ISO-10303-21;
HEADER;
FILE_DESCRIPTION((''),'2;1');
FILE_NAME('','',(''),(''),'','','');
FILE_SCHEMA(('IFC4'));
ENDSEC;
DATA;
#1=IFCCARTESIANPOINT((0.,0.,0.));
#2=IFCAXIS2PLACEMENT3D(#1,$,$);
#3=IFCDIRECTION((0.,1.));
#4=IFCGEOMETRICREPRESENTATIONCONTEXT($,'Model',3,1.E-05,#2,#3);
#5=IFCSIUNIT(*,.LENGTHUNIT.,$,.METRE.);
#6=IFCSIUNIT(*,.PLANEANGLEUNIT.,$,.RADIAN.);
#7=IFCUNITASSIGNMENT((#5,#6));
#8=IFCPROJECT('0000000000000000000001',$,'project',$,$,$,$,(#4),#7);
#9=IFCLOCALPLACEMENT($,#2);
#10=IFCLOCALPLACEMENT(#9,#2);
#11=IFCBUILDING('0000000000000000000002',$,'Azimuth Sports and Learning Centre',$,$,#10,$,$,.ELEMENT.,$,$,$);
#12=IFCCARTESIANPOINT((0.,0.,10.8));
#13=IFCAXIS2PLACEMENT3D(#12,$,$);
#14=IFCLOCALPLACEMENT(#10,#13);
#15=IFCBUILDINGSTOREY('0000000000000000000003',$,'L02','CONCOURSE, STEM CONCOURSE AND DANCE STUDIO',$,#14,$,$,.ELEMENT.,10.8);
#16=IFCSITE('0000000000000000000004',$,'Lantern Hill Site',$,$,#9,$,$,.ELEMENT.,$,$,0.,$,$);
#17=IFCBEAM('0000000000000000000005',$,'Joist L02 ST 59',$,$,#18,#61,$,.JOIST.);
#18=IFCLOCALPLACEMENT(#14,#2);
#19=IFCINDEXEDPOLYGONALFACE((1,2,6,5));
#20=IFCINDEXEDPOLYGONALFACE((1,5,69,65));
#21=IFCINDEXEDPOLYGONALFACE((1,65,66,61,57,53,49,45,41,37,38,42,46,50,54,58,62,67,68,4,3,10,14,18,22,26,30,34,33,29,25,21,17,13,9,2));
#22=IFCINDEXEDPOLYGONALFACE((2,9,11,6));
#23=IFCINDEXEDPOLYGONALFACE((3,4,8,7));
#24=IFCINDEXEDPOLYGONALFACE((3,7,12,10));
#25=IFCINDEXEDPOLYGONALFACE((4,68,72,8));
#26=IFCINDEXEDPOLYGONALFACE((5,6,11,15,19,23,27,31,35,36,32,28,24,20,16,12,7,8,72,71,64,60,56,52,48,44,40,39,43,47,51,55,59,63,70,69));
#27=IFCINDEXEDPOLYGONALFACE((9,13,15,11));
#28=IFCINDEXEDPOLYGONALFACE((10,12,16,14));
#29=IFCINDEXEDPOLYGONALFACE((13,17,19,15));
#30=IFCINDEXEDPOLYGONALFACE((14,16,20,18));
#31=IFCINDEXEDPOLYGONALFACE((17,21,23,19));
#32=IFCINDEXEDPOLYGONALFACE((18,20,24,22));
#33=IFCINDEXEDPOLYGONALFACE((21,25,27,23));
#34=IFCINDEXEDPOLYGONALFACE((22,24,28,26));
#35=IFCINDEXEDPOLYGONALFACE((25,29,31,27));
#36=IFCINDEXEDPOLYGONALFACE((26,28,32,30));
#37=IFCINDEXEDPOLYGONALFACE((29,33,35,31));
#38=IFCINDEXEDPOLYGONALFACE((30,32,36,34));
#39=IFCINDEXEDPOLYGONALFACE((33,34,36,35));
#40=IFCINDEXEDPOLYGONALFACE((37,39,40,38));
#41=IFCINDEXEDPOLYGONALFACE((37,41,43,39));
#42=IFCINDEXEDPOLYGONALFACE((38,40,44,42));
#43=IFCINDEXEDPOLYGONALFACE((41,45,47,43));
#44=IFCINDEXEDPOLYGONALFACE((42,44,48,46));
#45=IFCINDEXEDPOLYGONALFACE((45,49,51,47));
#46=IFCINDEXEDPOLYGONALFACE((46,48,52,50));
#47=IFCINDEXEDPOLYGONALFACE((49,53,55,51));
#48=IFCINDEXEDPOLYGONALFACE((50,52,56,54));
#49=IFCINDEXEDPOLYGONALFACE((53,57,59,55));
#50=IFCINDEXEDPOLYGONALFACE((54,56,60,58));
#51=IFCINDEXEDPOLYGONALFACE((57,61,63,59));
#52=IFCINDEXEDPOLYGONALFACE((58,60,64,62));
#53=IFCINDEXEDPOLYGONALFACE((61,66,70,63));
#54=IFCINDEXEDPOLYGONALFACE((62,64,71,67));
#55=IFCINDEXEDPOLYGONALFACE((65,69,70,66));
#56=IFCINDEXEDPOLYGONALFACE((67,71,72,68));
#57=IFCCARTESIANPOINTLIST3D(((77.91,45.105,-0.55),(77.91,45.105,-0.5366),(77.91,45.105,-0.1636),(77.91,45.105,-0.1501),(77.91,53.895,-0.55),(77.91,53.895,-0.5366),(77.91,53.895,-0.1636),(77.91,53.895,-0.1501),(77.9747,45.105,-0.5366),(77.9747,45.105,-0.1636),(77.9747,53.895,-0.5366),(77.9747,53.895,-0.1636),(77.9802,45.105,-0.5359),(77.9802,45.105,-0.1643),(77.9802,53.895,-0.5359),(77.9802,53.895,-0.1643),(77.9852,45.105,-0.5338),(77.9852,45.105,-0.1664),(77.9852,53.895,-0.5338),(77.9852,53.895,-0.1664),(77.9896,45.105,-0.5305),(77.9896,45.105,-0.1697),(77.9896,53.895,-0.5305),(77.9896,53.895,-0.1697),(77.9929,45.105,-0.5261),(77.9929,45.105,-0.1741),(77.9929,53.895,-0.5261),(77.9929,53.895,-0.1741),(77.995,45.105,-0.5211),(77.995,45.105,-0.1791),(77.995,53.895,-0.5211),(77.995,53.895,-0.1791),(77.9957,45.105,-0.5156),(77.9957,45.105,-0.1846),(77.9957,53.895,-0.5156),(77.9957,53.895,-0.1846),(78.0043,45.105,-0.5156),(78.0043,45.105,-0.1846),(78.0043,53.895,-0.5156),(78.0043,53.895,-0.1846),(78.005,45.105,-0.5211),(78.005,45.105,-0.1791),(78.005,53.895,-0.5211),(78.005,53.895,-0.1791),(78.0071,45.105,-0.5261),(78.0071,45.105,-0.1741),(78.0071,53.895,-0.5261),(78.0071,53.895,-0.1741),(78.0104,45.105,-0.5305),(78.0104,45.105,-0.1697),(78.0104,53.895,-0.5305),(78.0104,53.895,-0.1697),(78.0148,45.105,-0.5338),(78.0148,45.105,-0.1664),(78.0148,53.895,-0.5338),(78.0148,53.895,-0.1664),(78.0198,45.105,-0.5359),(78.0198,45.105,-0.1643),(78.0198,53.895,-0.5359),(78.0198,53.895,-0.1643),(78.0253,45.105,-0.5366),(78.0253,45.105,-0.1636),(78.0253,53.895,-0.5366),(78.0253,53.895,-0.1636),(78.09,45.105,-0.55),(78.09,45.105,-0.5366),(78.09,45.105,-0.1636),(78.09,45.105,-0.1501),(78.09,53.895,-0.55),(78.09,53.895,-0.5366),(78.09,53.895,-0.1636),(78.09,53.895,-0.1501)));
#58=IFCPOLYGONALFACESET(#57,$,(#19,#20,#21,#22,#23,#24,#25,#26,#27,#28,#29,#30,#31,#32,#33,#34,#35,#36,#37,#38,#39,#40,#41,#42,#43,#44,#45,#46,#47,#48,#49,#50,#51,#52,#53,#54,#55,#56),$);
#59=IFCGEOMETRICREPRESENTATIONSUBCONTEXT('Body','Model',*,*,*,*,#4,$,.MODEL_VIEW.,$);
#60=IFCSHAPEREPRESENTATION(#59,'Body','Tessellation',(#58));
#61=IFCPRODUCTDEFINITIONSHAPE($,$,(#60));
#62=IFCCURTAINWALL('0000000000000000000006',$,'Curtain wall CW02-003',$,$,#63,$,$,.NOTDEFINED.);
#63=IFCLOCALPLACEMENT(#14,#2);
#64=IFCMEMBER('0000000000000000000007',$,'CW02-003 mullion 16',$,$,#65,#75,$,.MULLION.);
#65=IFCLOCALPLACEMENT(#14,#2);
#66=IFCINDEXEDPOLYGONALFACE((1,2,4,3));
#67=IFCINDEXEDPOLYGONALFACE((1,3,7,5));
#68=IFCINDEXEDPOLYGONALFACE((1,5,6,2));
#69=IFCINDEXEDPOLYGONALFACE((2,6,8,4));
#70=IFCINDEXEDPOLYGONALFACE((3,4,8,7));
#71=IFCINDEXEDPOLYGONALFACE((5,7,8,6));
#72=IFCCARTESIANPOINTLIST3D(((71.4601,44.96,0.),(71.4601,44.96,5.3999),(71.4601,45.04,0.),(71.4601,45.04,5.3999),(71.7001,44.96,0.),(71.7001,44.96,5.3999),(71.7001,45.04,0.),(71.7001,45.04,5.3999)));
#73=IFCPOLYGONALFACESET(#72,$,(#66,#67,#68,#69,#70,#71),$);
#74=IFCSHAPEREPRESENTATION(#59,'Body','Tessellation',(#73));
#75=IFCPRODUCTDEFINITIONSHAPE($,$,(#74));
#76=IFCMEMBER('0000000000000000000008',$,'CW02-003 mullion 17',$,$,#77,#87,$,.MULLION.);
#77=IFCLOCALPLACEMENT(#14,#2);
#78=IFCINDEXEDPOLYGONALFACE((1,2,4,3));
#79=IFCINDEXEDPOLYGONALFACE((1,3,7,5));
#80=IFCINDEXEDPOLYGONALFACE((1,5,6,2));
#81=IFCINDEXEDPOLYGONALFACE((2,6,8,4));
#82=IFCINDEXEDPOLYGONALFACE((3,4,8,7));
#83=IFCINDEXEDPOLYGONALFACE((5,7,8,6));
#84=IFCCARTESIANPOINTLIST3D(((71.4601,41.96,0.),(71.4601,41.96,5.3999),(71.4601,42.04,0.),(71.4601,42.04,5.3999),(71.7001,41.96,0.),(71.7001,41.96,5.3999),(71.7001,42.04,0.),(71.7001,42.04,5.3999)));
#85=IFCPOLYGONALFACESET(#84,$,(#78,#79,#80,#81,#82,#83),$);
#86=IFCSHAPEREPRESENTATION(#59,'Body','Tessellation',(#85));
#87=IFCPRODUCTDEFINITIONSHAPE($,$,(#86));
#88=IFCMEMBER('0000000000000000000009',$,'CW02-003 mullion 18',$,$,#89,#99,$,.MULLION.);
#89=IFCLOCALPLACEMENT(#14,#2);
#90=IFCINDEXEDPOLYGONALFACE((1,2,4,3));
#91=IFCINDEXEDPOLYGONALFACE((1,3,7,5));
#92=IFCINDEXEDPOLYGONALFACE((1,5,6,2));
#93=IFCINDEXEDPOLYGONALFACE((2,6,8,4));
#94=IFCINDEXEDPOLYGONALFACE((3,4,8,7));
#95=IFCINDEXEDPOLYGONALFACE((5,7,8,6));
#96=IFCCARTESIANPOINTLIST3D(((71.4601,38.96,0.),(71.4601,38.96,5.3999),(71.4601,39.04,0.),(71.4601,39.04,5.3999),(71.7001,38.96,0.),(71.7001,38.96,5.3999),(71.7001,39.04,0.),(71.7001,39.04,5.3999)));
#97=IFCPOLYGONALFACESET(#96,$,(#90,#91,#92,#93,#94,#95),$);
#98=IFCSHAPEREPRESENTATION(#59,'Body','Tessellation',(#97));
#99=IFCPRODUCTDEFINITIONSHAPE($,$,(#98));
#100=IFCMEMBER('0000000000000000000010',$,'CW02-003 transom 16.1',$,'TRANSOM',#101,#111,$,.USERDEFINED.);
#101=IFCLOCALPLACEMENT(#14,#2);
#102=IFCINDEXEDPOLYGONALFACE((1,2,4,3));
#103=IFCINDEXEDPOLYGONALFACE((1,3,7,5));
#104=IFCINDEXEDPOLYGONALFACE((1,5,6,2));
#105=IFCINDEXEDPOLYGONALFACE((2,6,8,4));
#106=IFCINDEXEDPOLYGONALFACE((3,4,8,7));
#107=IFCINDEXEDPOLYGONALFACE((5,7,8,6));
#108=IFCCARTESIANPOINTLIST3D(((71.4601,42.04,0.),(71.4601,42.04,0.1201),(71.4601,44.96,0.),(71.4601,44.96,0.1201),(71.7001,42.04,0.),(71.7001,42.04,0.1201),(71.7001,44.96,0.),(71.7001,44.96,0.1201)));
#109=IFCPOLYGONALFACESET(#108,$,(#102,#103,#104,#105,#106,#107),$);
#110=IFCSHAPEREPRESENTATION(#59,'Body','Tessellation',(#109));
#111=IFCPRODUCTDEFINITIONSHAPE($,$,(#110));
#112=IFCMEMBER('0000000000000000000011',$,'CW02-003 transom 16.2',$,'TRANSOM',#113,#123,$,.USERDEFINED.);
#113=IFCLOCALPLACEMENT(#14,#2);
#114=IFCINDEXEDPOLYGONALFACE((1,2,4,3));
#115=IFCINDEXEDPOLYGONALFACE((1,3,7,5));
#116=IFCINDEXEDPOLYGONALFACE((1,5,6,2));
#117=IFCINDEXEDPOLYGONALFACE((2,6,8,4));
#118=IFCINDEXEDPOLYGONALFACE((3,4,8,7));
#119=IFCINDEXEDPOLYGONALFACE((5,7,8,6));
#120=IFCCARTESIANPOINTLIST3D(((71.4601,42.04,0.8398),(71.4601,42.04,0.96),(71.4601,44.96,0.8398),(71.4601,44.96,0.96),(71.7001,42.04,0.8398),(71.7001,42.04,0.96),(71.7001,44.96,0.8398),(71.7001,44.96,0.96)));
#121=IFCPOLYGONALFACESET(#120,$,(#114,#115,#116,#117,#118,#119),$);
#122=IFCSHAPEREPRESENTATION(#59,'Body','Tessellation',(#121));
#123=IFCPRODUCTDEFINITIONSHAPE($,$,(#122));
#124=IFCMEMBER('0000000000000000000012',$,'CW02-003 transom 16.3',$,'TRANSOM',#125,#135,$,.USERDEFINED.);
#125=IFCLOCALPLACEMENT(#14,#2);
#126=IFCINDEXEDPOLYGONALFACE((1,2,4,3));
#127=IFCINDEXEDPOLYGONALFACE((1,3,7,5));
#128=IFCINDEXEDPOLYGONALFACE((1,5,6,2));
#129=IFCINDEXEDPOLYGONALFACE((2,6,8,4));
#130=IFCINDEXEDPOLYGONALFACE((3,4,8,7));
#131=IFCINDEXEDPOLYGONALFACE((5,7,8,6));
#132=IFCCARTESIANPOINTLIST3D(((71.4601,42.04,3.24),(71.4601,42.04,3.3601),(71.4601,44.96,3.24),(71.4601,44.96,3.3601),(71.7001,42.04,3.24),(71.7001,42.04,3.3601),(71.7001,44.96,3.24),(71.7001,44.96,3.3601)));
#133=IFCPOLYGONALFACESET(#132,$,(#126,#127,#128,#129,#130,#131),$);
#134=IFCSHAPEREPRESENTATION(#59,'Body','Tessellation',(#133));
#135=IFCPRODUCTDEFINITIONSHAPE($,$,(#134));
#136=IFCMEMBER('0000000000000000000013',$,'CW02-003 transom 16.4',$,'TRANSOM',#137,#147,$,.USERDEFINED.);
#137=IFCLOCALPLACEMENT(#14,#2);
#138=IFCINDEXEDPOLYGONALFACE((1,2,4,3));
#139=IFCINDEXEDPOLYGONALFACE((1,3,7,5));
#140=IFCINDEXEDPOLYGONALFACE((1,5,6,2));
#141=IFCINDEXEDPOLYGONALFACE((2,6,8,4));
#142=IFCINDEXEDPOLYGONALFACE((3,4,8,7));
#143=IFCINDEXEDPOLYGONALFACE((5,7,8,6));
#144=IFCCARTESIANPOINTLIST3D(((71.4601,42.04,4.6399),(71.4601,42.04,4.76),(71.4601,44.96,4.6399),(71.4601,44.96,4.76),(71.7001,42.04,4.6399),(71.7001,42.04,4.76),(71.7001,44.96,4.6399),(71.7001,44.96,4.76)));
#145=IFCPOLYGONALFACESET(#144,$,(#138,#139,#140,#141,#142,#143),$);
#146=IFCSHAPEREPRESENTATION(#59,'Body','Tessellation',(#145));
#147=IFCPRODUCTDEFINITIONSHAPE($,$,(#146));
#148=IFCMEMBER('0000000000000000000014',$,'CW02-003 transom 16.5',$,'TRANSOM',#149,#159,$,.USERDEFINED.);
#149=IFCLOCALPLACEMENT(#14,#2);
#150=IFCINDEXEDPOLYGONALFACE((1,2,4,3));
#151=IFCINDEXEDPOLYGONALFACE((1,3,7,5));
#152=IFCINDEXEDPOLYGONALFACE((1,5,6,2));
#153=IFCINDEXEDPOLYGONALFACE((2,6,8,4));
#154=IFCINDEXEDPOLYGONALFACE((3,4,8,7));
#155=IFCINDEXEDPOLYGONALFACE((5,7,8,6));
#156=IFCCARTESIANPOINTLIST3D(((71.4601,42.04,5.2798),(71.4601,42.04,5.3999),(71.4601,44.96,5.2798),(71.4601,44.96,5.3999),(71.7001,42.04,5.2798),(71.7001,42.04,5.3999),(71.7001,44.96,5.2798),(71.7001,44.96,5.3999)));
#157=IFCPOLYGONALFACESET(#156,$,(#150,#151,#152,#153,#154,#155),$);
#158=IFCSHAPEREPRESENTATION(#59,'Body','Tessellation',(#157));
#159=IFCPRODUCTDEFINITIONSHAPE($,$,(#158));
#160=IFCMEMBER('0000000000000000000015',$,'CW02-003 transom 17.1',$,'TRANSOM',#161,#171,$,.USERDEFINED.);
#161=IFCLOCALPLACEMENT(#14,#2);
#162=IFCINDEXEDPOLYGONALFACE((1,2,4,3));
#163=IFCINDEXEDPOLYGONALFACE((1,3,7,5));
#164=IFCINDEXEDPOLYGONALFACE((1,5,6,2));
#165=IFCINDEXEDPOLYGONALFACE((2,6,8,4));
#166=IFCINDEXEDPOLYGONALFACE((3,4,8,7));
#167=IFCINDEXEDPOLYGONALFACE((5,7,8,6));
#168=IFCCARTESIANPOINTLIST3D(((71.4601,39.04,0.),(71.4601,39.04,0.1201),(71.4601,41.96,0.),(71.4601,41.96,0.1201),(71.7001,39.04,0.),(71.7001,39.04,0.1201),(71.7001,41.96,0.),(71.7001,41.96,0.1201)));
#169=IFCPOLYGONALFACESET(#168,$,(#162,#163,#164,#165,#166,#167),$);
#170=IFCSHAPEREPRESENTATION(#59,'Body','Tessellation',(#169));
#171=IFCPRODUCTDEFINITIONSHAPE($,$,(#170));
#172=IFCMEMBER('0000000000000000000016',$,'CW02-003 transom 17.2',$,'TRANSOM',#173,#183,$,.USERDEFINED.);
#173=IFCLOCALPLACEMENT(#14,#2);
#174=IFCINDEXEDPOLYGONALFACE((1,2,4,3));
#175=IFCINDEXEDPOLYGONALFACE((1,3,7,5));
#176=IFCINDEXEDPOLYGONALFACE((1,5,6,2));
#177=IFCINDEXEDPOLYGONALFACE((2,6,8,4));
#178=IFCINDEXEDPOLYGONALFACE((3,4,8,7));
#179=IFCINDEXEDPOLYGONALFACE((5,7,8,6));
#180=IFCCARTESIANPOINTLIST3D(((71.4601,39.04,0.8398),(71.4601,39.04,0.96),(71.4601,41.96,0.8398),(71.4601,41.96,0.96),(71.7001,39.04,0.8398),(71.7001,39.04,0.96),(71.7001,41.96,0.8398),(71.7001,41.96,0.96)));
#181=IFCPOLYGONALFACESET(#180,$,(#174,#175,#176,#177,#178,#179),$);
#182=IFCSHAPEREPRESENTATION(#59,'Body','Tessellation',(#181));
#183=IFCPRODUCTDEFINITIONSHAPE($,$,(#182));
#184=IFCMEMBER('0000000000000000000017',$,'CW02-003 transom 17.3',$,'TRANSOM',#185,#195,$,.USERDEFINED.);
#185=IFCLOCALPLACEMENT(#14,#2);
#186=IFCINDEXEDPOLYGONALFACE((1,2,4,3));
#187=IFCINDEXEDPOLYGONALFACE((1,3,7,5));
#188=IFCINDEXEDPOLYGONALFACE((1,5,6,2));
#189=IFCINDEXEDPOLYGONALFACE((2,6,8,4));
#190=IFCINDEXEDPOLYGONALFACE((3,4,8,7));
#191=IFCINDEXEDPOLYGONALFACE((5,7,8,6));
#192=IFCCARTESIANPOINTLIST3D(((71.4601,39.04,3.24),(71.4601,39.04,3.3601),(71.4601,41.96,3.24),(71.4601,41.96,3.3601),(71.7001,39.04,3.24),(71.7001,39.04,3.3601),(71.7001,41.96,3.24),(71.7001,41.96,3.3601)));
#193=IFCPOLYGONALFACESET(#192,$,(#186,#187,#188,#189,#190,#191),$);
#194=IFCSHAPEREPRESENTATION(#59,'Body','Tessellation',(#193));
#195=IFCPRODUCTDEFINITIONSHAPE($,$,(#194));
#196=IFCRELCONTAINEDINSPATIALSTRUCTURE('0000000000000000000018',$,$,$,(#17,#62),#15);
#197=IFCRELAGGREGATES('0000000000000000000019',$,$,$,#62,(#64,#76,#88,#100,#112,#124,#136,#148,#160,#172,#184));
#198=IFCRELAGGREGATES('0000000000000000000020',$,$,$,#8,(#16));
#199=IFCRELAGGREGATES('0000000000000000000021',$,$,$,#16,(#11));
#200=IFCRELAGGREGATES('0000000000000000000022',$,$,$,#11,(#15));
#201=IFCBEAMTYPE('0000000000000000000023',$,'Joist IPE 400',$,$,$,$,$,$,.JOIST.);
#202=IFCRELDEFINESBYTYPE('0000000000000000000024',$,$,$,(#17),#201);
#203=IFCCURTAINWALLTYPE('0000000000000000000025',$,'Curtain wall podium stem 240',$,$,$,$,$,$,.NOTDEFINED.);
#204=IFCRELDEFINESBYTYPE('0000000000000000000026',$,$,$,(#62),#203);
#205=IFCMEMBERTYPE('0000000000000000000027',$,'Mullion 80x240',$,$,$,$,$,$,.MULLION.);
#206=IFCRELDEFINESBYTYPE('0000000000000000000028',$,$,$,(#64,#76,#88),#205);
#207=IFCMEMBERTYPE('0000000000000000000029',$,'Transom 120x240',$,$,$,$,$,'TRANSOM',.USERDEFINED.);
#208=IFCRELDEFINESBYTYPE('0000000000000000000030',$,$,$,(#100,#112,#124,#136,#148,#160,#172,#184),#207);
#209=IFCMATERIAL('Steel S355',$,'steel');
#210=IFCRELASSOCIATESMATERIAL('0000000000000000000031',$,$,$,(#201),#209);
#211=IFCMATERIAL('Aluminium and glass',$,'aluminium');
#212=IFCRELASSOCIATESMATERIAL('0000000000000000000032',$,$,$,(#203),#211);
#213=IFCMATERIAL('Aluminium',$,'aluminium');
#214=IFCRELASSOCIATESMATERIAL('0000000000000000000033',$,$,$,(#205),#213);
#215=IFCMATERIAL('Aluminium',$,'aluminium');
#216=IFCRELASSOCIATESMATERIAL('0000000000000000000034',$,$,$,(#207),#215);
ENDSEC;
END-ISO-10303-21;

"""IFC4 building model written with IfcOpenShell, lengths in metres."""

from ifc_helpers import new_model, si_unit, direction, frame, origin, origin_2d, place, context, subcontext, project, spatial, rectangle, i_section, extrude, material, material_profile, profile_set, type_object, element, aggregate, save


model = new_model("IFC4")

# Units and contexts
model_context = context("Model", 3, precision=1e-05, world=origin(), true_north=direction((0.0, 1.0)))
body_context = subcontext(model_context, "Body", "Model", "MODEL_VIEW")
ifc_project = project(units=[si_unit("LENGTHUNIT", "METRE"), si_unit("PLANEANGLEUNIT", "RADIAN")], contexts=[model_context])

# Site, building, storey
site_placement = place(None, origin())
site = spatial("IfcSite", under=ifc_project, at=site_placement, Name="Lantern Hill Site", CompositionType="ELEMENT", RefElevation=0.0)
building_placement = place(site_placement, origin())
building = spatial("IfcBuilding", under=site, at=building_placement, Name="Azimuth Sports and Learning Centre", CompositionType="ELEMENT")
storey_placement = place(building_placement, frame((0.0, 0.0, 10.8)))
storey = spatial("IfcBuildingStorey", under=building, at=storey_placement, Name="L02", Description="CONCOURSE, STEM CONCOURSE AND DANCE STUDIO", CompositionType="ELEMENT", Elevation=10.8)

# Beam
ifc_material_1 = material(Name="Steel S355", Category="steel")
ifc_material_profile_1 = material_profile(ifc_material_1, i_section(OverallWidth=0.1799, OverallDepth=0.3999, WebThickness=0.0085, FlangeThickness=0.0134, FilletRadius=0.021, at=origin_2d()), Name="IPE 400")
ifc_profile_set_1 = profile_set([ifc_material_profile_1], Name="Steel S355")
beam_type_1 = type_object("IfcBeamType", Name="Joist IPE 400", PredefinedType="JOIST", material=ifc_profile_set_1)
for number, where, z_axis, x_axis, name in (
    (1, (78.0, 45.105, -0.3501), (0.0, 1.0, 0.0), (-1.0, 0.0, 0.0), "Joist L02 ST 59"),
):
    element("IfcBeam", number, at=place(storey_placement, frame(where, z_axis=z_axis, x_axis=x_axis)), inside=storey, type_object=beam_type_1, Name=name, PredefinedType="JOIST", context=body_context, shape_type="SweptSolid", body=[
        extrude(i_section(OverallWidth=0.1799, OverallDepth=0.3999, WebThickness=0.0085, FlangeThickness=0.0134, FilletRadius=0.021, at=origin_2d()), origin(), (0.0, 0.0, 1.0), 8.79),
    ])

# Curtain wall, members
ifc_material_2 = material(Name="Aluminium and glass", Category="aluminium")
curtain_wall_type = type_object("IfcCurtainWallType", Name="Curtain wall podium stem 240", PredefinedType="NOTDEFINED", material=ifc_material_2)
curtain_wall_placement = place(storey_placement, origin())
curtain_wall = element("IfcCurtainWall", 2, at=curtain_wall_placement, inside=storey, type_object=curtain_wall_type, Name="Curtain wall CW02-003", PredefinedType="NOTDEFINED")
ifc_material_3 = material(Name="Aluminium", Category="aluminium")
ifc_material_profile_2 = material_profile(ifc_material_3, rectangle(XDim=0.24, YDim=0.0801, at=origin_2d()), Name="Mullion 80x240")
ifc_profile_set_2 = profile_set([ifc_material_profile_2], Name="Aluminium")
member_type_1 = type_object("IfcMemberType", Name="Mullion 80x240", PredefinedType="MULLION", material=ifc_profile_set_2)
member_1_placement = place(storey_placement, frame((71.5801, 45.0, 0.0), z_axis=(0.0, 0.0, 1.0), x_axis=(1.0, 0.0, 0.0)))
member_1 = element("IfcMember", 3, at=member_1_placement, type_object=member_type_1, Name="CW02-003 mullion 16", PredefinedType="MULLION", context=body_context, shape_type="SweptSolid", body=[
    extrude(rectangle(XDim=0.24, YDim=0.0801, at=origin_2d()), origin(), (0.0, 0.0, 1.0), 5.3999),
])
member_2_placement = place(storey_placement, frame((71.5801, 42.0, 0.0), z_axis=(0.0, 0.0, 1.0), x_axis=(1.0, 0.0, 0.0)))
member_2 = element("IfcMember", 4, at=member_2_placement, type_object=member_type_1, Name="CW02-003 mullion 17", PredefinedType="MULLION", context=body_context, shape_type="SweptSolid", body=[
    extrude(rectangle(XDim=0.24, YDim=0.0801, at=origin_2d()), origin(), (0.0, 0.0, 1.0), 5.3999),
])
member_3_placement = place(storey_placement, frame((71.5801, 39.0, 0.0), z_axis=(0.0, 0.0, 1.0), x_axis=(1.0, 0.0, 0.0)))
member_3 = element("IfcMember", 5, at=member_3_placement, type_object=member_type_1, Name="CW02-003 mullion 18", PredefinedType="MULLION", context=body_context, shape_type="SweptSolid", body=[
    extrude(rectangle(XDim=0.24, YDim=0.0801, at=origin_2d()), origin(), (0.0, 0.0, 1.0), 5.3999),
])
ifc_material_4 = material(Name="Aluminium", Category="aluminium")
ifc_material_profile_3 = material_profile(ifc_material_4, rectangle(XDim=0.24, YDim=0.1201, at=origin_2d()), Name="Transom 120x240")
ifc_profile_set_3 = profile_set([ifc_material_profile_3], Name="Aluminium")
member_type_2 = type_object("IfcMemberType", Name="Transom 120x240", ElementType="TRANSOM", PredefinedType="USERDEFINED", material=ifc_profile_set_3)
member_4_placement = place(storey_placement, frame((71.5801, 44.96, 0.0601), z_axis=(0.0, -1.0, 0.0), x_axis=(1.0, 0.0, 0.0)))
member_4 = element("IfcMember", 6, at=member_4_placement, type_object=member_type_2, Name="CW02-003 transom 16.1", ObjectType="TRANSOM", PredefinedType="USERDEFINED", context=body_context, shape_type="SweptSolid", body=[
    extrude(rectangle(XDim=0.24, YDim=0.1201, at=origin_2d()), origin(), (0.0, 0.0, 1.0), 2.9199),
])
member_5_placement = place(storey_placement, frame((71.5801, 44.96, 0.8999), z_axis=(0.0, -1.0, 0.0), x_axis=(1.0, 0.0, 0.0)))
member_5 = element("IfcMember", 7, at=member_5_placement, type_object=member_type_2, Name="CW02-003 transom 16.2", ObjectType="TRANSOM", PredefinedType="USERDEFINED", context=body_context, shape_type="SweptSolid", body=[
    extrude(rectangle(XDim=0.24, YDim=0.1201, at=origin_2d()), origin(), (0.0, 0.0, 1.0), 2.9199),
])
member_6_placement = place(storey_placement, frame((71.5801, 44.96, 3.3), z_axis=(0.0, -1.0, 0.0), x_axis=(1.0, 0.0, 0.0)))
member_6 = element("IfcMember", 8, at=member_6_placement, type_object=member_type_2, Name="CW02-003 transom 16.3", ObjectType="TRANSOM", PredefinedType="USERDEFINED", context=body_context, shape_type="SweptSolid", body=[
    extrude(rectangle(XDim=0.24, YDim=0.1201, at=origin_2d()), origin(), (0.0, 0.0, 1.0), 2.9199),
])
member_7_placement = place(storey_placement, frame((71.5801, 44.96, 4.7), z_axis=(0.0, -1.0, 0.0), x_axis=(1.0, 0.0, 0.0)))
member_7 = element("IfcMember", 9, at=member_7_placement, type_object=member_type_2, Name="CW02-003 transom 16.4", ObjectType="TRANSOM", PredefinedType="USERDEFINED", context=body_context, shape_type="SweptSolid", body=[
    extrude(rectangle(XDim=0.24, YDim=0.1201, at=origin_2d()), origin(), (0.0, 0.0, 1.0), 2.9199),
])
member_8_placement = place(storey_placement, frame((71.5801, 44.96, 5.3398), z_axis=(0.0, -1.0, 0.0), x_axis=(1.0, 0.0, 0.0)))
member_8 = element("IfcMember", 10, at=member_8_placement, type_object=member_type_2, Name="CW02-003 transom 16.5", ObjectType="TRANSOM", PredefinedType="USERDEFINED", context=body_context, shape_type="SweptSolid", body=[
    extrude(rectangle(XDim=0.24, YDim=0.1201, at=origin_2d()), origin(), (0.0, 0.0, 1.0), 2.9199),
])
member_9_placement = place(storey_placement, frame((71.5801, 41.96, 0.0601), z_axis=(0.0, -1.0, 0.0), x_axis=(1.0, 0.0, 0.0)))
member_9 = element("IfcMember", 11, at=member_9_placement, type_object=member_type_2, Name="CW02-003 transom 17.1", ObjectType="TRANSOM", PredefinedType="USERDEFINED", context=body_context, shape_type="SweptSolid", body=[
    extrude(rectangle(XDim=0.24, YDim=0.1201, at=origin_2d()), origin(), (0.0, 0.0, 1.0), 2.9199),
])
member_10_placement = place(storey_placement, frame((71.5801, 41.96, 0.8999), z_axis=(0.0, -1.0, 0.0), x_axis=(1.0, 0.0, 0.0)))
member_10 = element("IfcMember", 12, at=member_10_placement, type_object=member_type_2, Name="CW02-003 transom 17.2", ObjectType="TRANSOM", PredefinedType="USERDEFINED", context=body_context, shape_type="SweptSolid", body=[
    extrude(rectangle(XDim=0.24, YDim=0.1201, at=origin_2d()), origin(), (0.0, 0.0, 1.0), 2.9199),
])
member_11_placement = place(storey_placement, frame((71.5801, 41.96, 3.3), z_axis=(0.0, -1.0, 0.0), x_axis=(1.0, 0.0, 0.0)))
member_11 = element("IfcMember", 13, at=member_11_placement, type_object=member_type_2, Name="CW02-003 transom 17.3", ObjectType="TRANSOM", PredefinedType="USERDEFINED", context=body_context, shape_type="SweptSolid", body=[
    extrude(rectangle(XDim=0.24, YDim=0.1201, at=origin_2d()), origin(), (0.0, 0.0, 1.0), 2.9199),
])
aggregate(curtain_wall, [member_1, member_2, member_3, member_4, member_5, member_6, member_7, member_8, member_9, member_10, member_11])

save(model, "model.ifc")
